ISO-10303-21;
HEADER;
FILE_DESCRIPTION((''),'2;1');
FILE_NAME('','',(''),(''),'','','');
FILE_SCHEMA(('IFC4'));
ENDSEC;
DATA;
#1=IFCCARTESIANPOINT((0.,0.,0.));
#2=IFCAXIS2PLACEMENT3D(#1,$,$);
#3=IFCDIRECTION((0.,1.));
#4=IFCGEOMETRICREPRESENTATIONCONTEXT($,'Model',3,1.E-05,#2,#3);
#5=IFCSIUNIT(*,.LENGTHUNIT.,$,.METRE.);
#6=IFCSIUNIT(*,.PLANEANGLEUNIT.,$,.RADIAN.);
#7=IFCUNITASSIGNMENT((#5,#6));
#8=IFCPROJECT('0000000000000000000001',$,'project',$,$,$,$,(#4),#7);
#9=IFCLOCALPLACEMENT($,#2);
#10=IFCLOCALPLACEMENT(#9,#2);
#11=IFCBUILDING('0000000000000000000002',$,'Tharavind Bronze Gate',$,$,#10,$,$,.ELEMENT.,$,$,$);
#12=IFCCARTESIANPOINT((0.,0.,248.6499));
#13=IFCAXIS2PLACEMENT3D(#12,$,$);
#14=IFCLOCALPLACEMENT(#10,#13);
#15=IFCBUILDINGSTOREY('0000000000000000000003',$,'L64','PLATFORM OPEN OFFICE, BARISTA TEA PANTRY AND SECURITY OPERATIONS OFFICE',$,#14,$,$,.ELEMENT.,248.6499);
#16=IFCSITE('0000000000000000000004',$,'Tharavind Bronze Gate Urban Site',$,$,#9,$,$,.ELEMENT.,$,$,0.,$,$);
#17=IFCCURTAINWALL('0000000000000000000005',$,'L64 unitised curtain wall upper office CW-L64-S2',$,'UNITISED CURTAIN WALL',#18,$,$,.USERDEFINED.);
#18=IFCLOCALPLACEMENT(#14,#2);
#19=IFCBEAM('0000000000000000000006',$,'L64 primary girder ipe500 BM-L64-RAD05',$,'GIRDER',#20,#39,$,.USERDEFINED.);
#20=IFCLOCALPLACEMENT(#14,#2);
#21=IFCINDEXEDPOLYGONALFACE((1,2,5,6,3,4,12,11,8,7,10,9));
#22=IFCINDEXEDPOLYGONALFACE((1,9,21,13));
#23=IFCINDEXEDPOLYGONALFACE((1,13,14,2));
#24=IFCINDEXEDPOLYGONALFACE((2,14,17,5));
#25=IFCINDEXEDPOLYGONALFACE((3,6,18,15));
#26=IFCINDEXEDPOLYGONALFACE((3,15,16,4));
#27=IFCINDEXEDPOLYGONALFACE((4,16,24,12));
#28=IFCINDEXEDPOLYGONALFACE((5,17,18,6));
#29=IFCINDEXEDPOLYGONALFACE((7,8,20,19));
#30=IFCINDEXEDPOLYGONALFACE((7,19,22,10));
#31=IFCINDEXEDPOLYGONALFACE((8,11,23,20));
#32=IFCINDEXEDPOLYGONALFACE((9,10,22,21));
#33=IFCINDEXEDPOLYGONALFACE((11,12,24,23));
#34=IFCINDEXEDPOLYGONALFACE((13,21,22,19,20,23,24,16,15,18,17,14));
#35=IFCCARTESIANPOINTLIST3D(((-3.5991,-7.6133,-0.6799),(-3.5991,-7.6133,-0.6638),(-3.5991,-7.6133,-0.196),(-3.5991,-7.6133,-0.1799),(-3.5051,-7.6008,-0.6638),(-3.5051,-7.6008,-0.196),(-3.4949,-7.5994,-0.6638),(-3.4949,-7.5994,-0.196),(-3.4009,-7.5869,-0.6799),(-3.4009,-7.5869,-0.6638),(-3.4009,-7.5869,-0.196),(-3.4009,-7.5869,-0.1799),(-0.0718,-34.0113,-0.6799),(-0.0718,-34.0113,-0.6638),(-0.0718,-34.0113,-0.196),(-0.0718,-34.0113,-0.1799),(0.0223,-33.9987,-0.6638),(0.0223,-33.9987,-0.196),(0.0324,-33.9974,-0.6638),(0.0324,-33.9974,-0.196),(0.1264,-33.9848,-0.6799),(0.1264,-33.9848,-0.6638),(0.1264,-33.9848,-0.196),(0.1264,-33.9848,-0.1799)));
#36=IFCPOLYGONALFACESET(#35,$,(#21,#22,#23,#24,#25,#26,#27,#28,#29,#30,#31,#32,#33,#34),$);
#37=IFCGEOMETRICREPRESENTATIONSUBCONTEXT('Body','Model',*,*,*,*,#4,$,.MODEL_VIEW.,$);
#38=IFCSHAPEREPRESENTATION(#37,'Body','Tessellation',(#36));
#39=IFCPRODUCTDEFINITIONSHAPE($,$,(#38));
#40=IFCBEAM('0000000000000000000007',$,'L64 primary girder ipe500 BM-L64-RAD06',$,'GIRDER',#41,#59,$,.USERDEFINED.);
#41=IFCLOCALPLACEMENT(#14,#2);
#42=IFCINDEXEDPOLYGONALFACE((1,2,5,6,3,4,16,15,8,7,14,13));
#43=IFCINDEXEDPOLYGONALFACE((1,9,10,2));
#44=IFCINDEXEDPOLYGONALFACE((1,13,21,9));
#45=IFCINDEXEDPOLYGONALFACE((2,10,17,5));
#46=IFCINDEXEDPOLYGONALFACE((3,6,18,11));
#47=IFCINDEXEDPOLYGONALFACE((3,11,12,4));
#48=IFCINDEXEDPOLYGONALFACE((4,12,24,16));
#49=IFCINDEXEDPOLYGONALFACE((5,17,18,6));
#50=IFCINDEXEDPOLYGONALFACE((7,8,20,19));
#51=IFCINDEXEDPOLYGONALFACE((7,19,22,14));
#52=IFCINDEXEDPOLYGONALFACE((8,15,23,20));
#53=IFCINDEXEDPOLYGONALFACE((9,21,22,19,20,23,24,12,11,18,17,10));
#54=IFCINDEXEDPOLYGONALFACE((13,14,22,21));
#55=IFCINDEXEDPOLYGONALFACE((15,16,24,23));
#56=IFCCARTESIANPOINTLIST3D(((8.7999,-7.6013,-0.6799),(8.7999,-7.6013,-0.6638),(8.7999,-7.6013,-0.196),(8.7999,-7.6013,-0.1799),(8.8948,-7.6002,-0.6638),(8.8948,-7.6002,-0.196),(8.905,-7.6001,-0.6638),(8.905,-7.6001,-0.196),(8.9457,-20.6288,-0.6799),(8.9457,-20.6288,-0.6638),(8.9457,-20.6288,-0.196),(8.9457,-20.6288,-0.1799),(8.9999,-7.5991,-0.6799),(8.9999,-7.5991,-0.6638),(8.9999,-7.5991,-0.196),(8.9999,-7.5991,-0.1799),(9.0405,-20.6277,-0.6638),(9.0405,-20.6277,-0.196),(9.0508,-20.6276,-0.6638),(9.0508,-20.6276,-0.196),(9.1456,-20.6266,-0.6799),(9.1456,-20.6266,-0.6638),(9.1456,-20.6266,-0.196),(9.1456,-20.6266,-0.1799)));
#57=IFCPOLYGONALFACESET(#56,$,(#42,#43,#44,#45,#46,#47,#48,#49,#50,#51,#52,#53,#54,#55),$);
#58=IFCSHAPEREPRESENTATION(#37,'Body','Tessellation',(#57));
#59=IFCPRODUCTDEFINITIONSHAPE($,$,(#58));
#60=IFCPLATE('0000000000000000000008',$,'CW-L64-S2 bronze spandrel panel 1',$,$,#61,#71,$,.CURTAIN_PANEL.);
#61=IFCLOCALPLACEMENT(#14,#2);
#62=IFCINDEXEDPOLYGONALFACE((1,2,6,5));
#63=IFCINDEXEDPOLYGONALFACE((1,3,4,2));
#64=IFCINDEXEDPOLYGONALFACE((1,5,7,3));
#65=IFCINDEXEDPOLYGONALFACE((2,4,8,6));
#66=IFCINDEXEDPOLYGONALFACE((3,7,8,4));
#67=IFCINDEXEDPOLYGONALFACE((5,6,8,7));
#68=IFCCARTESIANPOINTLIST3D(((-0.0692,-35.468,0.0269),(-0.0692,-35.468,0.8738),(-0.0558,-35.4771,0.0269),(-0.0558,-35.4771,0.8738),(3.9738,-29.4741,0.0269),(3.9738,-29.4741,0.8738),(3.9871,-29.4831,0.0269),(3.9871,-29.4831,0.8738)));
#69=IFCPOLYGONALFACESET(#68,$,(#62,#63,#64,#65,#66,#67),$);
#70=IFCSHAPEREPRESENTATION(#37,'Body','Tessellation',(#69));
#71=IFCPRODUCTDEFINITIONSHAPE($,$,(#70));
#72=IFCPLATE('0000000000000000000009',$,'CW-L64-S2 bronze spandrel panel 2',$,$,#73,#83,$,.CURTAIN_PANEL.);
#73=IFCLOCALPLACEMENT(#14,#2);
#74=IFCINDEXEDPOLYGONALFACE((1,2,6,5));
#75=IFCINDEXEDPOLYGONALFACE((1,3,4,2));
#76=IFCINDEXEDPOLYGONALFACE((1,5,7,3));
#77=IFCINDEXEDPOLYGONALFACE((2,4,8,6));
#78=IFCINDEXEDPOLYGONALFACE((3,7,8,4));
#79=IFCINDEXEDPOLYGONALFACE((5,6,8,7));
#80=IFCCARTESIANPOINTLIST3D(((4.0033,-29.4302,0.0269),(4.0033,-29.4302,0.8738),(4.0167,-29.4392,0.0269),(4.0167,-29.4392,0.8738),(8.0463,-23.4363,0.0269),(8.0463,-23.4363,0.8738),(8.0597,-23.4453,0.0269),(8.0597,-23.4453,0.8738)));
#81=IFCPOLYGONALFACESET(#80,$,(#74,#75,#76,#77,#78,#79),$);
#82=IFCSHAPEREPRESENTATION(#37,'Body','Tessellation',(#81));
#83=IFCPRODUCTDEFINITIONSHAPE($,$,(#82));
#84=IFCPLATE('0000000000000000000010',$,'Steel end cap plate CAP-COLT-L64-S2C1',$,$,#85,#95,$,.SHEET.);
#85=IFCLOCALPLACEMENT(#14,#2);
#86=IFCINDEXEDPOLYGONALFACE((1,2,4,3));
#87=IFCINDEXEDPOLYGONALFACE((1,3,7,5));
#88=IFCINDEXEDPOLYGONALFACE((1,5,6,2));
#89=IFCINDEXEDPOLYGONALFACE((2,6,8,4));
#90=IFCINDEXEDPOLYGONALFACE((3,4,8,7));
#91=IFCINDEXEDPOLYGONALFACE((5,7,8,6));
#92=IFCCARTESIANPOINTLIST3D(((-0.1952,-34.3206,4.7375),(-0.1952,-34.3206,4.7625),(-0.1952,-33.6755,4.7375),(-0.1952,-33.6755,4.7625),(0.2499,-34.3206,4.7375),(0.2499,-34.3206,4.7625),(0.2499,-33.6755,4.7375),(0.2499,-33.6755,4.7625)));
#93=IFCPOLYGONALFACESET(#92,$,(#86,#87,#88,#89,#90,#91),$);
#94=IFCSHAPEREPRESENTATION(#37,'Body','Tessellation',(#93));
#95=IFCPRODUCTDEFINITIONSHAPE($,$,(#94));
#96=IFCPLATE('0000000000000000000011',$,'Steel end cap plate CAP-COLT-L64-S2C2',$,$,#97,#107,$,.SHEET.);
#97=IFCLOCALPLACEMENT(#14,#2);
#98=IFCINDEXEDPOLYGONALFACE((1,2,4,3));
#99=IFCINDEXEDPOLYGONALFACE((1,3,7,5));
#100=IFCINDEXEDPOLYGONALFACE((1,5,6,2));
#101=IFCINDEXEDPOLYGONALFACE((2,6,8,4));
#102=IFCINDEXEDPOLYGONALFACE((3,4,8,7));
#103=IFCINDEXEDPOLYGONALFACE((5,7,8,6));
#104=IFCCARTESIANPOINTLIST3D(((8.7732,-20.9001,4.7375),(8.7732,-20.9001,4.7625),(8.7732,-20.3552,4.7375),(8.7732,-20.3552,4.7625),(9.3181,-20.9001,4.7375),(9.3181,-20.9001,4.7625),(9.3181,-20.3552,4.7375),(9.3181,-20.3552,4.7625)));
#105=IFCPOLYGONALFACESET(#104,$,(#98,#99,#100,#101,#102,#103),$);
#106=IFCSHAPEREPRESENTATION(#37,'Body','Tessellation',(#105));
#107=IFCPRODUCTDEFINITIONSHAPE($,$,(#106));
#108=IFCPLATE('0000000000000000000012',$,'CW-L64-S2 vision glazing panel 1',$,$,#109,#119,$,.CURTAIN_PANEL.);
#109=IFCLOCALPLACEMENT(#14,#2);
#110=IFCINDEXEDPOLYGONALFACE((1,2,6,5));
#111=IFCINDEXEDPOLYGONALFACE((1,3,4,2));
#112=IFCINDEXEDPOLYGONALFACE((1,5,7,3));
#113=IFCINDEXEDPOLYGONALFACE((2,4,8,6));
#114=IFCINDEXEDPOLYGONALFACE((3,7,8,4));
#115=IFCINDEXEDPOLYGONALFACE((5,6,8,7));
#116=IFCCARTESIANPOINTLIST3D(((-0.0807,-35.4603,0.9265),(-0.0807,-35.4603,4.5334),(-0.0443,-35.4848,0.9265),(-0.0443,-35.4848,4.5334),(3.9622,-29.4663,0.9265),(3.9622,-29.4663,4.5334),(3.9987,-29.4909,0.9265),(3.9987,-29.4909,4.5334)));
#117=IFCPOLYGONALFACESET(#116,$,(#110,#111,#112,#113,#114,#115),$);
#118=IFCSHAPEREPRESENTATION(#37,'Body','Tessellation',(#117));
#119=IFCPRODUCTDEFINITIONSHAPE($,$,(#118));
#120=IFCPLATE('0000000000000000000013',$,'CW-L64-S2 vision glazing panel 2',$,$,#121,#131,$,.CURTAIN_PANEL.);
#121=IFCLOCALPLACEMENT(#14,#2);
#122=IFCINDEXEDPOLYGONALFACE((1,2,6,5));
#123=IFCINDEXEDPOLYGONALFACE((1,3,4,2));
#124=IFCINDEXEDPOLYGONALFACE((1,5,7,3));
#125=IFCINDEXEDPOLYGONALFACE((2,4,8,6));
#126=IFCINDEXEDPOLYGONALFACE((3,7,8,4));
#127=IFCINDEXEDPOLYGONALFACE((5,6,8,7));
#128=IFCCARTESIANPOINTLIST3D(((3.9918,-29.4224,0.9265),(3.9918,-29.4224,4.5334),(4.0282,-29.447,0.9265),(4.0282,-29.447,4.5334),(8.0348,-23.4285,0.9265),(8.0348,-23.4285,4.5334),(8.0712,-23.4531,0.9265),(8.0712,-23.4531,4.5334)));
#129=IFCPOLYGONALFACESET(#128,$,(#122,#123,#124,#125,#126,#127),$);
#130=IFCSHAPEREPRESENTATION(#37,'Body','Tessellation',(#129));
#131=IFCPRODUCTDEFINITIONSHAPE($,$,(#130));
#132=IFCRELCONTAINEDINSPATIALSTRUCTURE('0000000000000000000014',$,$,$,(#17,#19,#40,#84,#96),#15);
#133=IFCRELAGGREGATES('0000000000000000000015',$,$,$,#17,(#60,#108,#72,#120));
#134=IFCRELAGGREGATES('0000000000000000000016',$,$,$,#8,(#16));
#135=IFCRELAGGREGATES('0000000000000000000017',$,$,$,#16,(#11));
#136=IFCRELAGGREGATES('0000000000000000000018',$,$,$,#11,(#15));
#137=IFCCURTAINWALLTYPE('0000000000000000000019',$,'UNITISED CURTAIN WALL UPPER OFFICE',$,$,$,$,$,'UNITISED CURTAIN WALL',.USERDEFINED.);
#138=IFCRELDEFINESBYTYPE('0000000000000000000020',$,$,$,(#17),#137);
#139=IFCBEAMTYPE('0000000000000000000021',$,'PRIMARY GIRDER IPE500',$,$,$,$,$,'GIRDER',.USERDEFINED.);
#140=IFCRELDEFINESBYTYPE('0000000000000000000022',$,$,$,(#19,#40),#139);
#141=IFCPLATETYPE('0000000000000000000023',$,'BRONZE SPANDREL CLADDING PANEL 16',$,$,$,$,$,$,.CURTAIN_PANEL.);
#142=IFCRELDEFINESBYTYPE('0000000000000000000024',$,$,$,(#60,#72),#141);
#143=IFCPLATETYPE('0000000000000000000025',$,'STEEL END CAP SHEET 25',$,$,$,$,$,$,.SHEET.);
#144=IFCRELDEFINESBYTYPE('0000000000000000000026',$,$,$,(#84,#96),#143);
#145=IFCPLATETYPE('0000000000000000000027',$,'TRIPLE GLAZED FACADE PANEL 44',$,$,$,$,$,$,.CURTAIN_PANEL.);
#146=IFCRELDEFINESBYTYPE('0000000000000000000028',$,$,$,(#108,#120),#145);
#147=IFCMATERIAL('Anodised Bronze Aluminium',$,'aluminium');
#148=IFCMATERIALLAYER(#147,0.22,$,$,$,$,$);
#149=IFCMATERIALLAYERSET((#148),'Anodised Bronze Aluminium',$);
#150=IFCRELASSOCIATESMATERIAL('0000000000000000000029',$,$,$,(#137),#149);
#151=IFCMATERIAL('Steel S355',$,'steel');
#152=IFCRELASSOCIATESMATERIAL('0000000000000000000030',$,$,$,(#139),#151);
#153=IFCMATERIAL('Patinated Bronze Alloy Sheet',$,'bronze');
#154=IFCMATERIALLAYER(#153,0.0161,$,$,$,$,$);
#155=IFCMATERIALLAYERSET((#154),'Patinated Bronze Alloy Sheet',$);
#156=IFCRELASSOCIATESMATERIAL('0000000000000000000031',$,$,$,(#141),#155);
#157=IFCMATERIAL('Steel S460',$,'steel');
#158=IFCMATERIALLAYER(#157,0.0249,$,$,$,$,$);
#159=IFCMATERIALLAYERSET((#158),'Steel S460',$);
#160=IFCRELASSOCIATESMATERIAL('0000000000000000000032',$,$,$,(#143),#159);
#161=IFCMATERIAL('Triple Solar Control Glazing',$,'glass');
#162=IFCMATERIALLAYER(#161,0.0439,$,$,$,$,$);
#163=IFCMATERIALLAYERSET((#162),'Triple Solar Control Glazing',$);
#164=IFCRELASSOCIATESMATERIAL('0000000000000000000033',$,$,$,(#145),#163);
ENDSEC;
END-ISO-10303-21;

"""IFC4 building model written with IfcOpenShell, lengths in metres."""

from ifc_helpers import new_model, si_unit, direction, frame, origin, origin_2d, place, context, subcontext, project, spatial, rectangle, i_section, extrude, material, layer, layer_set, material_profile, profile_set, type_object, element, aggregate, save


model = new_model("IFC4")

# Units and contexts
model_context = context("Model", 3, precision=1e-05, world=origin(), true_north=direction((0.0, 1.0)))
body_context = subcontext(model_context, "Body", "Model", "MODEL_VIEW")
ifc_project = project(units=[si_unit("LENGTHUNIT", "METRE"), si_unit("PLANEANGLEUNIT", "RADIAN")], contexts=[model_context])

# Site, building, storey
site_placement = place(None, origin())
site = spatial("IfcSite", under=ifc_project, at=site_placement, Name="Tharavind Bronze Gate Urban Site", CompositionType="ELEMENT", RefElevation=0.0)
building_placement = place(site_placement, origin())
building = spatial("IfcBuilding", under=site, at=building_placement, Name="Tharavind Bronze Gate", CompositionType="ELEMENT")
storey_placement = place(building_placement, frame((0.0, 0.0, 248.6499)))
storey = spatial("IfcBuildingStorey", under=building, at=storey_placement, Name="L64", Description="PLATFORM OPEN OFFICE, BARISTA TEA PANTRY AND SECURITY OPERATIONS OFFICE", CompositionType="ELEMENT", Elevation=248.6499)

# Shared definitions
ifc_material_1 = material(Name="Steel S460", Category="steel")

# Curtain wall
ifc_material_2 = material(Name="Anodised Bronze Aluminium", Category="aluminium")
ifc_layer_1 = layer(ifc_material_2, 0.22)
ifc_layer_set_1 = layer_set([ifc_layer_1], Name="Anodised Bronze Aluminium")
curtain_wall_type = type_object("IfcCurtainWallType", Name="UNITISED CURTAIN WALL UPPER OFFICE", ElementType="UNITISED CURTAIN WALL", PredefinedType="USERDEFINED", material=ifc_layer_set_1)
curtain_wall_placement = place(storey_placement, origin())
curtain_wall = element("IfcCurtainWall", 1, at=curtain_wall_placement, inside=storey, type_object=curtain_wall_type, Name="L64 unitised curtain wall upper office CW-L64-S2", ObjectType="UNITISED CURTAIN WALL", PredefinedType="USERDEFINED")

# Beams
ifc_material_3 = material(Name="Steel S355", Category="steel")
ifc_material_profile_1 = material_profile(ifc_material_3, i_section(OverallWidth=0.2, OverallDepth=0.5, WebThickness=0.0103, FlangeThickness=0.0161, at=origin_2d()), Name="IPE500")
ifc_profile_set_1 = profile_set([ifc_material_profile_1], Name="Steel S355")
beam_type_1 = type_object("IfcBeamType", Name="PRIMARY GIRDER IPE500", ElementType="GIRDER", PredefinedType="USERDEFINED", material=ifc_profile_set_1)
beam_1_placement = place(storey_placement, frame((0.0273, -33.998, -0.4299), z_axis=(-0.132445, 0.99119, 0.0), x_axis=(-0.99119, -0.132445, 0.0)))
element("IfcBeam", 2, at=beam_1_placement, inside=storey, type_object=beam_type_1, Name="L64 primary girder ipe500 BM-L64-RAD05", ObjectType="GIRDER", PredefinedType="USERDEFINED", context=body_context, shape_type="SweptSolid", body=[
    extrude(i_section(OverallWidth=0.2, OverallDepth=0.5, WebThickness=0.0103, FlangeThickness=0.0161, at=origin_2d()), origin(), (0.0, 0.0, 1.0), 26.6326),
])
beam_2_placement = place(storey_placement, frame((9.0457, -20.6277, -0.4299), z_axis=(-0.011187, 0.999937, 0.0), x_axis=(-0.999937, -0.011187, 0.0)))
element("IfcBeam", 3, at=beam_2_placement, inside=storey, type_object=beam_type_1, Name="L64 primary girder ipe500 BM-L64-RAD06", ObjectType="GIRDER", PredefinedType="USERDEFINED", context=body_context, shape_type="SweptSolid", body=[
    extrude(i_section(OverallWidth=0.2, OverallDepth=0.5, WebThickness=0.0103, FlangeThickness=0.0161, at=origin_2d()), origin(), (0.0, 0.0, 1.0), 13.0283),
])

# Plates
ifc_material_4 = material(Name="Patinated Bronze Alloy Sheet", Category="bronze")
ifc_layer_2 = layer(ifc_material_4, 0.0161)
ifc_layer_set_2 = layer_set([ifc_layer_2], Name="Patinated Bronze Alloy Sheet")
plate_type_1 = type_object("IfcPlateType", Name="BRONZE SPANDREL CLADDING PANEL 16", PredefinedType="CURTAIN_PANEL", material=ifc_layer_set_2)
plate_1_placement = place(storey_placement, frame((1.959, -32.4756, 0.0269), z_axis=(0.0, 0.0, 1.0), x_axis=(0.559193, 0.829038, 0.0)))
plate_1 = element("IfcPlate", 4, at=plate_1_placement, type_object=plate_type_1, Name="CW-L64-S2 bronze spandrel panel 1", PredefinedType="CURTAIN_PANEL", context=body_context, shape_type="SweptSolid", body=[
    extrude(rectangle(XDim=7.23, YDim=0.0161, at=origin_2d()), origin(), (0.0, 0.0, 1.0), 0.8469),
])
plate_2_placement = place(storey_placement, frame((6.0315, -26.4377, 0.0269), z_axis=(0.0, 0.0, 1.0), x_axis=(0.559193, 0.829038, 0.0)))
plate_2 = element("IfcPlate", 5, at=plate_2_placement, type_object=plate_type_1, Name="CW-L64-S2 bronze spandrel panel 2", PredefinedType="CURTAIN_PANEL", context=body_context, shape_type="SweptSolid", body=[
    extrude(rectangle(XDim=7.23, YDim=0.0161, at=origin_2d()), origin(), (0.0, 0.0, 1.0), 0.8469),
])

# Plates
ifc_layer_3 = layer(ifc_material_1, 0.0249)
ifc_layer_set_3 = layer_set([ifc_layer_3], Name="Steel S460")
plate_type_2 = type_object("IfcPlateType", Name="STEEL END CAP SHEET 25", PredefinedType="SHEET", material=ifc_layer_set_3)
plate_3_placement = place(storey_placement, frame((0.0273, -33.998, 4.7375), z_axis=(0.0, 0.0, 1.0), x_axis=(1.0, 0.0, 0.0)))
element("IfcPlate", 6, at=plate_3_placement, inside=storey, type_object=plate_type_2, Name="Steel end cap plate CAP-COLT-L64-S2C1", PredefinedType="SHEET", context=body_context, shape_type="SweptSolid", body=[
    extrude(rectangle(XDim=0.4451, YDim=0.645, at=origin_2d()), origin(), (0.0, 0.0, 1.0), 0.0249),
])
plate_4_placement = place(storey_placement, frame((9.0457, -20.6277, 4.7375), z_axis=(0.0, 0.0, 1.0), x_axis=(1.0, 0.0, 0.0)))
element("IfcPlate", 7, at=plate_4_placement, inside=storey, type_object=plate_type_2, Name="Steel end cap plate CAP-COLT-L64-S2C2", PredefinedType="SHEET", context=body_context, shape_type="SweptSolid", body=[
    extrude(rectangle(XDim=0.5449, YDim=0.5449, at=origin_2d()), origin(), (0.0, 0.0, 1.0), 0.0249),
])

# Plates
ifc_material_5 = material(Name="Triple Solar Control Glazing", Category="glass")
ifc_layer_4 = layer(ifc_material_5, 0.0439)
ifc_layer_set_4 = layer_set([ifc_layer_4], Name="Triple Solar Control Glazing")
plate_type_3 = type_object("IfcPlateType", Name="TRIPLE GLAZED FACADE PANEL 44", PredefinedType="CURTAIN_PANEL", material=ifc_layer_set_4)
plate_5_placement = place(storey_placement, frame((1.959, -32.4756, 0.9265), z_axis=(0.0, 0.0, 1.0), x_axis=(0.559193, 0.829038, 0.0)))
plate_5 = element("IfcPlate", 8, at=plate_5_placement, type_object=plate_type_3, Name="CW-L64-S2 vision glazing panel 1", PredefinedType="CURTAIN_PANEL", context=body_context, shape_type="SweptSolid", body=[
    extrude(rectangle(XDim=7.23, YDim=0.0439, at=origin_2d()), origin(), (0.0, 0.0, 1.0), 3.6069),
])
plate_6_placement = place(storey_placement, frame((6.0315, -26.4377, 0.9265), z_axis=(0.0, 0.0, 1.0), x_axis=(0.559193, 0.829038, 0.0)))
plate_6 = element("IfcPlate", 9, at=plate_6_placement, type_object=plate_type_3, Name="CW-L64-S2 vision glazing panel 2", PredefinedType="CURTAIN_PANEL", context=body_context, shape_type="SweptSolid", body=[
    extrude(rectangle(XDim=7.23, YDim=0.0439, at=origin_2d()), origin(), (0.0, 0.0, 1.0), 3.6069),
])
aggregate(curtain_wall, [plate_1, plate_5, plate_2, plate_6])

save(model, "model.ifc")
